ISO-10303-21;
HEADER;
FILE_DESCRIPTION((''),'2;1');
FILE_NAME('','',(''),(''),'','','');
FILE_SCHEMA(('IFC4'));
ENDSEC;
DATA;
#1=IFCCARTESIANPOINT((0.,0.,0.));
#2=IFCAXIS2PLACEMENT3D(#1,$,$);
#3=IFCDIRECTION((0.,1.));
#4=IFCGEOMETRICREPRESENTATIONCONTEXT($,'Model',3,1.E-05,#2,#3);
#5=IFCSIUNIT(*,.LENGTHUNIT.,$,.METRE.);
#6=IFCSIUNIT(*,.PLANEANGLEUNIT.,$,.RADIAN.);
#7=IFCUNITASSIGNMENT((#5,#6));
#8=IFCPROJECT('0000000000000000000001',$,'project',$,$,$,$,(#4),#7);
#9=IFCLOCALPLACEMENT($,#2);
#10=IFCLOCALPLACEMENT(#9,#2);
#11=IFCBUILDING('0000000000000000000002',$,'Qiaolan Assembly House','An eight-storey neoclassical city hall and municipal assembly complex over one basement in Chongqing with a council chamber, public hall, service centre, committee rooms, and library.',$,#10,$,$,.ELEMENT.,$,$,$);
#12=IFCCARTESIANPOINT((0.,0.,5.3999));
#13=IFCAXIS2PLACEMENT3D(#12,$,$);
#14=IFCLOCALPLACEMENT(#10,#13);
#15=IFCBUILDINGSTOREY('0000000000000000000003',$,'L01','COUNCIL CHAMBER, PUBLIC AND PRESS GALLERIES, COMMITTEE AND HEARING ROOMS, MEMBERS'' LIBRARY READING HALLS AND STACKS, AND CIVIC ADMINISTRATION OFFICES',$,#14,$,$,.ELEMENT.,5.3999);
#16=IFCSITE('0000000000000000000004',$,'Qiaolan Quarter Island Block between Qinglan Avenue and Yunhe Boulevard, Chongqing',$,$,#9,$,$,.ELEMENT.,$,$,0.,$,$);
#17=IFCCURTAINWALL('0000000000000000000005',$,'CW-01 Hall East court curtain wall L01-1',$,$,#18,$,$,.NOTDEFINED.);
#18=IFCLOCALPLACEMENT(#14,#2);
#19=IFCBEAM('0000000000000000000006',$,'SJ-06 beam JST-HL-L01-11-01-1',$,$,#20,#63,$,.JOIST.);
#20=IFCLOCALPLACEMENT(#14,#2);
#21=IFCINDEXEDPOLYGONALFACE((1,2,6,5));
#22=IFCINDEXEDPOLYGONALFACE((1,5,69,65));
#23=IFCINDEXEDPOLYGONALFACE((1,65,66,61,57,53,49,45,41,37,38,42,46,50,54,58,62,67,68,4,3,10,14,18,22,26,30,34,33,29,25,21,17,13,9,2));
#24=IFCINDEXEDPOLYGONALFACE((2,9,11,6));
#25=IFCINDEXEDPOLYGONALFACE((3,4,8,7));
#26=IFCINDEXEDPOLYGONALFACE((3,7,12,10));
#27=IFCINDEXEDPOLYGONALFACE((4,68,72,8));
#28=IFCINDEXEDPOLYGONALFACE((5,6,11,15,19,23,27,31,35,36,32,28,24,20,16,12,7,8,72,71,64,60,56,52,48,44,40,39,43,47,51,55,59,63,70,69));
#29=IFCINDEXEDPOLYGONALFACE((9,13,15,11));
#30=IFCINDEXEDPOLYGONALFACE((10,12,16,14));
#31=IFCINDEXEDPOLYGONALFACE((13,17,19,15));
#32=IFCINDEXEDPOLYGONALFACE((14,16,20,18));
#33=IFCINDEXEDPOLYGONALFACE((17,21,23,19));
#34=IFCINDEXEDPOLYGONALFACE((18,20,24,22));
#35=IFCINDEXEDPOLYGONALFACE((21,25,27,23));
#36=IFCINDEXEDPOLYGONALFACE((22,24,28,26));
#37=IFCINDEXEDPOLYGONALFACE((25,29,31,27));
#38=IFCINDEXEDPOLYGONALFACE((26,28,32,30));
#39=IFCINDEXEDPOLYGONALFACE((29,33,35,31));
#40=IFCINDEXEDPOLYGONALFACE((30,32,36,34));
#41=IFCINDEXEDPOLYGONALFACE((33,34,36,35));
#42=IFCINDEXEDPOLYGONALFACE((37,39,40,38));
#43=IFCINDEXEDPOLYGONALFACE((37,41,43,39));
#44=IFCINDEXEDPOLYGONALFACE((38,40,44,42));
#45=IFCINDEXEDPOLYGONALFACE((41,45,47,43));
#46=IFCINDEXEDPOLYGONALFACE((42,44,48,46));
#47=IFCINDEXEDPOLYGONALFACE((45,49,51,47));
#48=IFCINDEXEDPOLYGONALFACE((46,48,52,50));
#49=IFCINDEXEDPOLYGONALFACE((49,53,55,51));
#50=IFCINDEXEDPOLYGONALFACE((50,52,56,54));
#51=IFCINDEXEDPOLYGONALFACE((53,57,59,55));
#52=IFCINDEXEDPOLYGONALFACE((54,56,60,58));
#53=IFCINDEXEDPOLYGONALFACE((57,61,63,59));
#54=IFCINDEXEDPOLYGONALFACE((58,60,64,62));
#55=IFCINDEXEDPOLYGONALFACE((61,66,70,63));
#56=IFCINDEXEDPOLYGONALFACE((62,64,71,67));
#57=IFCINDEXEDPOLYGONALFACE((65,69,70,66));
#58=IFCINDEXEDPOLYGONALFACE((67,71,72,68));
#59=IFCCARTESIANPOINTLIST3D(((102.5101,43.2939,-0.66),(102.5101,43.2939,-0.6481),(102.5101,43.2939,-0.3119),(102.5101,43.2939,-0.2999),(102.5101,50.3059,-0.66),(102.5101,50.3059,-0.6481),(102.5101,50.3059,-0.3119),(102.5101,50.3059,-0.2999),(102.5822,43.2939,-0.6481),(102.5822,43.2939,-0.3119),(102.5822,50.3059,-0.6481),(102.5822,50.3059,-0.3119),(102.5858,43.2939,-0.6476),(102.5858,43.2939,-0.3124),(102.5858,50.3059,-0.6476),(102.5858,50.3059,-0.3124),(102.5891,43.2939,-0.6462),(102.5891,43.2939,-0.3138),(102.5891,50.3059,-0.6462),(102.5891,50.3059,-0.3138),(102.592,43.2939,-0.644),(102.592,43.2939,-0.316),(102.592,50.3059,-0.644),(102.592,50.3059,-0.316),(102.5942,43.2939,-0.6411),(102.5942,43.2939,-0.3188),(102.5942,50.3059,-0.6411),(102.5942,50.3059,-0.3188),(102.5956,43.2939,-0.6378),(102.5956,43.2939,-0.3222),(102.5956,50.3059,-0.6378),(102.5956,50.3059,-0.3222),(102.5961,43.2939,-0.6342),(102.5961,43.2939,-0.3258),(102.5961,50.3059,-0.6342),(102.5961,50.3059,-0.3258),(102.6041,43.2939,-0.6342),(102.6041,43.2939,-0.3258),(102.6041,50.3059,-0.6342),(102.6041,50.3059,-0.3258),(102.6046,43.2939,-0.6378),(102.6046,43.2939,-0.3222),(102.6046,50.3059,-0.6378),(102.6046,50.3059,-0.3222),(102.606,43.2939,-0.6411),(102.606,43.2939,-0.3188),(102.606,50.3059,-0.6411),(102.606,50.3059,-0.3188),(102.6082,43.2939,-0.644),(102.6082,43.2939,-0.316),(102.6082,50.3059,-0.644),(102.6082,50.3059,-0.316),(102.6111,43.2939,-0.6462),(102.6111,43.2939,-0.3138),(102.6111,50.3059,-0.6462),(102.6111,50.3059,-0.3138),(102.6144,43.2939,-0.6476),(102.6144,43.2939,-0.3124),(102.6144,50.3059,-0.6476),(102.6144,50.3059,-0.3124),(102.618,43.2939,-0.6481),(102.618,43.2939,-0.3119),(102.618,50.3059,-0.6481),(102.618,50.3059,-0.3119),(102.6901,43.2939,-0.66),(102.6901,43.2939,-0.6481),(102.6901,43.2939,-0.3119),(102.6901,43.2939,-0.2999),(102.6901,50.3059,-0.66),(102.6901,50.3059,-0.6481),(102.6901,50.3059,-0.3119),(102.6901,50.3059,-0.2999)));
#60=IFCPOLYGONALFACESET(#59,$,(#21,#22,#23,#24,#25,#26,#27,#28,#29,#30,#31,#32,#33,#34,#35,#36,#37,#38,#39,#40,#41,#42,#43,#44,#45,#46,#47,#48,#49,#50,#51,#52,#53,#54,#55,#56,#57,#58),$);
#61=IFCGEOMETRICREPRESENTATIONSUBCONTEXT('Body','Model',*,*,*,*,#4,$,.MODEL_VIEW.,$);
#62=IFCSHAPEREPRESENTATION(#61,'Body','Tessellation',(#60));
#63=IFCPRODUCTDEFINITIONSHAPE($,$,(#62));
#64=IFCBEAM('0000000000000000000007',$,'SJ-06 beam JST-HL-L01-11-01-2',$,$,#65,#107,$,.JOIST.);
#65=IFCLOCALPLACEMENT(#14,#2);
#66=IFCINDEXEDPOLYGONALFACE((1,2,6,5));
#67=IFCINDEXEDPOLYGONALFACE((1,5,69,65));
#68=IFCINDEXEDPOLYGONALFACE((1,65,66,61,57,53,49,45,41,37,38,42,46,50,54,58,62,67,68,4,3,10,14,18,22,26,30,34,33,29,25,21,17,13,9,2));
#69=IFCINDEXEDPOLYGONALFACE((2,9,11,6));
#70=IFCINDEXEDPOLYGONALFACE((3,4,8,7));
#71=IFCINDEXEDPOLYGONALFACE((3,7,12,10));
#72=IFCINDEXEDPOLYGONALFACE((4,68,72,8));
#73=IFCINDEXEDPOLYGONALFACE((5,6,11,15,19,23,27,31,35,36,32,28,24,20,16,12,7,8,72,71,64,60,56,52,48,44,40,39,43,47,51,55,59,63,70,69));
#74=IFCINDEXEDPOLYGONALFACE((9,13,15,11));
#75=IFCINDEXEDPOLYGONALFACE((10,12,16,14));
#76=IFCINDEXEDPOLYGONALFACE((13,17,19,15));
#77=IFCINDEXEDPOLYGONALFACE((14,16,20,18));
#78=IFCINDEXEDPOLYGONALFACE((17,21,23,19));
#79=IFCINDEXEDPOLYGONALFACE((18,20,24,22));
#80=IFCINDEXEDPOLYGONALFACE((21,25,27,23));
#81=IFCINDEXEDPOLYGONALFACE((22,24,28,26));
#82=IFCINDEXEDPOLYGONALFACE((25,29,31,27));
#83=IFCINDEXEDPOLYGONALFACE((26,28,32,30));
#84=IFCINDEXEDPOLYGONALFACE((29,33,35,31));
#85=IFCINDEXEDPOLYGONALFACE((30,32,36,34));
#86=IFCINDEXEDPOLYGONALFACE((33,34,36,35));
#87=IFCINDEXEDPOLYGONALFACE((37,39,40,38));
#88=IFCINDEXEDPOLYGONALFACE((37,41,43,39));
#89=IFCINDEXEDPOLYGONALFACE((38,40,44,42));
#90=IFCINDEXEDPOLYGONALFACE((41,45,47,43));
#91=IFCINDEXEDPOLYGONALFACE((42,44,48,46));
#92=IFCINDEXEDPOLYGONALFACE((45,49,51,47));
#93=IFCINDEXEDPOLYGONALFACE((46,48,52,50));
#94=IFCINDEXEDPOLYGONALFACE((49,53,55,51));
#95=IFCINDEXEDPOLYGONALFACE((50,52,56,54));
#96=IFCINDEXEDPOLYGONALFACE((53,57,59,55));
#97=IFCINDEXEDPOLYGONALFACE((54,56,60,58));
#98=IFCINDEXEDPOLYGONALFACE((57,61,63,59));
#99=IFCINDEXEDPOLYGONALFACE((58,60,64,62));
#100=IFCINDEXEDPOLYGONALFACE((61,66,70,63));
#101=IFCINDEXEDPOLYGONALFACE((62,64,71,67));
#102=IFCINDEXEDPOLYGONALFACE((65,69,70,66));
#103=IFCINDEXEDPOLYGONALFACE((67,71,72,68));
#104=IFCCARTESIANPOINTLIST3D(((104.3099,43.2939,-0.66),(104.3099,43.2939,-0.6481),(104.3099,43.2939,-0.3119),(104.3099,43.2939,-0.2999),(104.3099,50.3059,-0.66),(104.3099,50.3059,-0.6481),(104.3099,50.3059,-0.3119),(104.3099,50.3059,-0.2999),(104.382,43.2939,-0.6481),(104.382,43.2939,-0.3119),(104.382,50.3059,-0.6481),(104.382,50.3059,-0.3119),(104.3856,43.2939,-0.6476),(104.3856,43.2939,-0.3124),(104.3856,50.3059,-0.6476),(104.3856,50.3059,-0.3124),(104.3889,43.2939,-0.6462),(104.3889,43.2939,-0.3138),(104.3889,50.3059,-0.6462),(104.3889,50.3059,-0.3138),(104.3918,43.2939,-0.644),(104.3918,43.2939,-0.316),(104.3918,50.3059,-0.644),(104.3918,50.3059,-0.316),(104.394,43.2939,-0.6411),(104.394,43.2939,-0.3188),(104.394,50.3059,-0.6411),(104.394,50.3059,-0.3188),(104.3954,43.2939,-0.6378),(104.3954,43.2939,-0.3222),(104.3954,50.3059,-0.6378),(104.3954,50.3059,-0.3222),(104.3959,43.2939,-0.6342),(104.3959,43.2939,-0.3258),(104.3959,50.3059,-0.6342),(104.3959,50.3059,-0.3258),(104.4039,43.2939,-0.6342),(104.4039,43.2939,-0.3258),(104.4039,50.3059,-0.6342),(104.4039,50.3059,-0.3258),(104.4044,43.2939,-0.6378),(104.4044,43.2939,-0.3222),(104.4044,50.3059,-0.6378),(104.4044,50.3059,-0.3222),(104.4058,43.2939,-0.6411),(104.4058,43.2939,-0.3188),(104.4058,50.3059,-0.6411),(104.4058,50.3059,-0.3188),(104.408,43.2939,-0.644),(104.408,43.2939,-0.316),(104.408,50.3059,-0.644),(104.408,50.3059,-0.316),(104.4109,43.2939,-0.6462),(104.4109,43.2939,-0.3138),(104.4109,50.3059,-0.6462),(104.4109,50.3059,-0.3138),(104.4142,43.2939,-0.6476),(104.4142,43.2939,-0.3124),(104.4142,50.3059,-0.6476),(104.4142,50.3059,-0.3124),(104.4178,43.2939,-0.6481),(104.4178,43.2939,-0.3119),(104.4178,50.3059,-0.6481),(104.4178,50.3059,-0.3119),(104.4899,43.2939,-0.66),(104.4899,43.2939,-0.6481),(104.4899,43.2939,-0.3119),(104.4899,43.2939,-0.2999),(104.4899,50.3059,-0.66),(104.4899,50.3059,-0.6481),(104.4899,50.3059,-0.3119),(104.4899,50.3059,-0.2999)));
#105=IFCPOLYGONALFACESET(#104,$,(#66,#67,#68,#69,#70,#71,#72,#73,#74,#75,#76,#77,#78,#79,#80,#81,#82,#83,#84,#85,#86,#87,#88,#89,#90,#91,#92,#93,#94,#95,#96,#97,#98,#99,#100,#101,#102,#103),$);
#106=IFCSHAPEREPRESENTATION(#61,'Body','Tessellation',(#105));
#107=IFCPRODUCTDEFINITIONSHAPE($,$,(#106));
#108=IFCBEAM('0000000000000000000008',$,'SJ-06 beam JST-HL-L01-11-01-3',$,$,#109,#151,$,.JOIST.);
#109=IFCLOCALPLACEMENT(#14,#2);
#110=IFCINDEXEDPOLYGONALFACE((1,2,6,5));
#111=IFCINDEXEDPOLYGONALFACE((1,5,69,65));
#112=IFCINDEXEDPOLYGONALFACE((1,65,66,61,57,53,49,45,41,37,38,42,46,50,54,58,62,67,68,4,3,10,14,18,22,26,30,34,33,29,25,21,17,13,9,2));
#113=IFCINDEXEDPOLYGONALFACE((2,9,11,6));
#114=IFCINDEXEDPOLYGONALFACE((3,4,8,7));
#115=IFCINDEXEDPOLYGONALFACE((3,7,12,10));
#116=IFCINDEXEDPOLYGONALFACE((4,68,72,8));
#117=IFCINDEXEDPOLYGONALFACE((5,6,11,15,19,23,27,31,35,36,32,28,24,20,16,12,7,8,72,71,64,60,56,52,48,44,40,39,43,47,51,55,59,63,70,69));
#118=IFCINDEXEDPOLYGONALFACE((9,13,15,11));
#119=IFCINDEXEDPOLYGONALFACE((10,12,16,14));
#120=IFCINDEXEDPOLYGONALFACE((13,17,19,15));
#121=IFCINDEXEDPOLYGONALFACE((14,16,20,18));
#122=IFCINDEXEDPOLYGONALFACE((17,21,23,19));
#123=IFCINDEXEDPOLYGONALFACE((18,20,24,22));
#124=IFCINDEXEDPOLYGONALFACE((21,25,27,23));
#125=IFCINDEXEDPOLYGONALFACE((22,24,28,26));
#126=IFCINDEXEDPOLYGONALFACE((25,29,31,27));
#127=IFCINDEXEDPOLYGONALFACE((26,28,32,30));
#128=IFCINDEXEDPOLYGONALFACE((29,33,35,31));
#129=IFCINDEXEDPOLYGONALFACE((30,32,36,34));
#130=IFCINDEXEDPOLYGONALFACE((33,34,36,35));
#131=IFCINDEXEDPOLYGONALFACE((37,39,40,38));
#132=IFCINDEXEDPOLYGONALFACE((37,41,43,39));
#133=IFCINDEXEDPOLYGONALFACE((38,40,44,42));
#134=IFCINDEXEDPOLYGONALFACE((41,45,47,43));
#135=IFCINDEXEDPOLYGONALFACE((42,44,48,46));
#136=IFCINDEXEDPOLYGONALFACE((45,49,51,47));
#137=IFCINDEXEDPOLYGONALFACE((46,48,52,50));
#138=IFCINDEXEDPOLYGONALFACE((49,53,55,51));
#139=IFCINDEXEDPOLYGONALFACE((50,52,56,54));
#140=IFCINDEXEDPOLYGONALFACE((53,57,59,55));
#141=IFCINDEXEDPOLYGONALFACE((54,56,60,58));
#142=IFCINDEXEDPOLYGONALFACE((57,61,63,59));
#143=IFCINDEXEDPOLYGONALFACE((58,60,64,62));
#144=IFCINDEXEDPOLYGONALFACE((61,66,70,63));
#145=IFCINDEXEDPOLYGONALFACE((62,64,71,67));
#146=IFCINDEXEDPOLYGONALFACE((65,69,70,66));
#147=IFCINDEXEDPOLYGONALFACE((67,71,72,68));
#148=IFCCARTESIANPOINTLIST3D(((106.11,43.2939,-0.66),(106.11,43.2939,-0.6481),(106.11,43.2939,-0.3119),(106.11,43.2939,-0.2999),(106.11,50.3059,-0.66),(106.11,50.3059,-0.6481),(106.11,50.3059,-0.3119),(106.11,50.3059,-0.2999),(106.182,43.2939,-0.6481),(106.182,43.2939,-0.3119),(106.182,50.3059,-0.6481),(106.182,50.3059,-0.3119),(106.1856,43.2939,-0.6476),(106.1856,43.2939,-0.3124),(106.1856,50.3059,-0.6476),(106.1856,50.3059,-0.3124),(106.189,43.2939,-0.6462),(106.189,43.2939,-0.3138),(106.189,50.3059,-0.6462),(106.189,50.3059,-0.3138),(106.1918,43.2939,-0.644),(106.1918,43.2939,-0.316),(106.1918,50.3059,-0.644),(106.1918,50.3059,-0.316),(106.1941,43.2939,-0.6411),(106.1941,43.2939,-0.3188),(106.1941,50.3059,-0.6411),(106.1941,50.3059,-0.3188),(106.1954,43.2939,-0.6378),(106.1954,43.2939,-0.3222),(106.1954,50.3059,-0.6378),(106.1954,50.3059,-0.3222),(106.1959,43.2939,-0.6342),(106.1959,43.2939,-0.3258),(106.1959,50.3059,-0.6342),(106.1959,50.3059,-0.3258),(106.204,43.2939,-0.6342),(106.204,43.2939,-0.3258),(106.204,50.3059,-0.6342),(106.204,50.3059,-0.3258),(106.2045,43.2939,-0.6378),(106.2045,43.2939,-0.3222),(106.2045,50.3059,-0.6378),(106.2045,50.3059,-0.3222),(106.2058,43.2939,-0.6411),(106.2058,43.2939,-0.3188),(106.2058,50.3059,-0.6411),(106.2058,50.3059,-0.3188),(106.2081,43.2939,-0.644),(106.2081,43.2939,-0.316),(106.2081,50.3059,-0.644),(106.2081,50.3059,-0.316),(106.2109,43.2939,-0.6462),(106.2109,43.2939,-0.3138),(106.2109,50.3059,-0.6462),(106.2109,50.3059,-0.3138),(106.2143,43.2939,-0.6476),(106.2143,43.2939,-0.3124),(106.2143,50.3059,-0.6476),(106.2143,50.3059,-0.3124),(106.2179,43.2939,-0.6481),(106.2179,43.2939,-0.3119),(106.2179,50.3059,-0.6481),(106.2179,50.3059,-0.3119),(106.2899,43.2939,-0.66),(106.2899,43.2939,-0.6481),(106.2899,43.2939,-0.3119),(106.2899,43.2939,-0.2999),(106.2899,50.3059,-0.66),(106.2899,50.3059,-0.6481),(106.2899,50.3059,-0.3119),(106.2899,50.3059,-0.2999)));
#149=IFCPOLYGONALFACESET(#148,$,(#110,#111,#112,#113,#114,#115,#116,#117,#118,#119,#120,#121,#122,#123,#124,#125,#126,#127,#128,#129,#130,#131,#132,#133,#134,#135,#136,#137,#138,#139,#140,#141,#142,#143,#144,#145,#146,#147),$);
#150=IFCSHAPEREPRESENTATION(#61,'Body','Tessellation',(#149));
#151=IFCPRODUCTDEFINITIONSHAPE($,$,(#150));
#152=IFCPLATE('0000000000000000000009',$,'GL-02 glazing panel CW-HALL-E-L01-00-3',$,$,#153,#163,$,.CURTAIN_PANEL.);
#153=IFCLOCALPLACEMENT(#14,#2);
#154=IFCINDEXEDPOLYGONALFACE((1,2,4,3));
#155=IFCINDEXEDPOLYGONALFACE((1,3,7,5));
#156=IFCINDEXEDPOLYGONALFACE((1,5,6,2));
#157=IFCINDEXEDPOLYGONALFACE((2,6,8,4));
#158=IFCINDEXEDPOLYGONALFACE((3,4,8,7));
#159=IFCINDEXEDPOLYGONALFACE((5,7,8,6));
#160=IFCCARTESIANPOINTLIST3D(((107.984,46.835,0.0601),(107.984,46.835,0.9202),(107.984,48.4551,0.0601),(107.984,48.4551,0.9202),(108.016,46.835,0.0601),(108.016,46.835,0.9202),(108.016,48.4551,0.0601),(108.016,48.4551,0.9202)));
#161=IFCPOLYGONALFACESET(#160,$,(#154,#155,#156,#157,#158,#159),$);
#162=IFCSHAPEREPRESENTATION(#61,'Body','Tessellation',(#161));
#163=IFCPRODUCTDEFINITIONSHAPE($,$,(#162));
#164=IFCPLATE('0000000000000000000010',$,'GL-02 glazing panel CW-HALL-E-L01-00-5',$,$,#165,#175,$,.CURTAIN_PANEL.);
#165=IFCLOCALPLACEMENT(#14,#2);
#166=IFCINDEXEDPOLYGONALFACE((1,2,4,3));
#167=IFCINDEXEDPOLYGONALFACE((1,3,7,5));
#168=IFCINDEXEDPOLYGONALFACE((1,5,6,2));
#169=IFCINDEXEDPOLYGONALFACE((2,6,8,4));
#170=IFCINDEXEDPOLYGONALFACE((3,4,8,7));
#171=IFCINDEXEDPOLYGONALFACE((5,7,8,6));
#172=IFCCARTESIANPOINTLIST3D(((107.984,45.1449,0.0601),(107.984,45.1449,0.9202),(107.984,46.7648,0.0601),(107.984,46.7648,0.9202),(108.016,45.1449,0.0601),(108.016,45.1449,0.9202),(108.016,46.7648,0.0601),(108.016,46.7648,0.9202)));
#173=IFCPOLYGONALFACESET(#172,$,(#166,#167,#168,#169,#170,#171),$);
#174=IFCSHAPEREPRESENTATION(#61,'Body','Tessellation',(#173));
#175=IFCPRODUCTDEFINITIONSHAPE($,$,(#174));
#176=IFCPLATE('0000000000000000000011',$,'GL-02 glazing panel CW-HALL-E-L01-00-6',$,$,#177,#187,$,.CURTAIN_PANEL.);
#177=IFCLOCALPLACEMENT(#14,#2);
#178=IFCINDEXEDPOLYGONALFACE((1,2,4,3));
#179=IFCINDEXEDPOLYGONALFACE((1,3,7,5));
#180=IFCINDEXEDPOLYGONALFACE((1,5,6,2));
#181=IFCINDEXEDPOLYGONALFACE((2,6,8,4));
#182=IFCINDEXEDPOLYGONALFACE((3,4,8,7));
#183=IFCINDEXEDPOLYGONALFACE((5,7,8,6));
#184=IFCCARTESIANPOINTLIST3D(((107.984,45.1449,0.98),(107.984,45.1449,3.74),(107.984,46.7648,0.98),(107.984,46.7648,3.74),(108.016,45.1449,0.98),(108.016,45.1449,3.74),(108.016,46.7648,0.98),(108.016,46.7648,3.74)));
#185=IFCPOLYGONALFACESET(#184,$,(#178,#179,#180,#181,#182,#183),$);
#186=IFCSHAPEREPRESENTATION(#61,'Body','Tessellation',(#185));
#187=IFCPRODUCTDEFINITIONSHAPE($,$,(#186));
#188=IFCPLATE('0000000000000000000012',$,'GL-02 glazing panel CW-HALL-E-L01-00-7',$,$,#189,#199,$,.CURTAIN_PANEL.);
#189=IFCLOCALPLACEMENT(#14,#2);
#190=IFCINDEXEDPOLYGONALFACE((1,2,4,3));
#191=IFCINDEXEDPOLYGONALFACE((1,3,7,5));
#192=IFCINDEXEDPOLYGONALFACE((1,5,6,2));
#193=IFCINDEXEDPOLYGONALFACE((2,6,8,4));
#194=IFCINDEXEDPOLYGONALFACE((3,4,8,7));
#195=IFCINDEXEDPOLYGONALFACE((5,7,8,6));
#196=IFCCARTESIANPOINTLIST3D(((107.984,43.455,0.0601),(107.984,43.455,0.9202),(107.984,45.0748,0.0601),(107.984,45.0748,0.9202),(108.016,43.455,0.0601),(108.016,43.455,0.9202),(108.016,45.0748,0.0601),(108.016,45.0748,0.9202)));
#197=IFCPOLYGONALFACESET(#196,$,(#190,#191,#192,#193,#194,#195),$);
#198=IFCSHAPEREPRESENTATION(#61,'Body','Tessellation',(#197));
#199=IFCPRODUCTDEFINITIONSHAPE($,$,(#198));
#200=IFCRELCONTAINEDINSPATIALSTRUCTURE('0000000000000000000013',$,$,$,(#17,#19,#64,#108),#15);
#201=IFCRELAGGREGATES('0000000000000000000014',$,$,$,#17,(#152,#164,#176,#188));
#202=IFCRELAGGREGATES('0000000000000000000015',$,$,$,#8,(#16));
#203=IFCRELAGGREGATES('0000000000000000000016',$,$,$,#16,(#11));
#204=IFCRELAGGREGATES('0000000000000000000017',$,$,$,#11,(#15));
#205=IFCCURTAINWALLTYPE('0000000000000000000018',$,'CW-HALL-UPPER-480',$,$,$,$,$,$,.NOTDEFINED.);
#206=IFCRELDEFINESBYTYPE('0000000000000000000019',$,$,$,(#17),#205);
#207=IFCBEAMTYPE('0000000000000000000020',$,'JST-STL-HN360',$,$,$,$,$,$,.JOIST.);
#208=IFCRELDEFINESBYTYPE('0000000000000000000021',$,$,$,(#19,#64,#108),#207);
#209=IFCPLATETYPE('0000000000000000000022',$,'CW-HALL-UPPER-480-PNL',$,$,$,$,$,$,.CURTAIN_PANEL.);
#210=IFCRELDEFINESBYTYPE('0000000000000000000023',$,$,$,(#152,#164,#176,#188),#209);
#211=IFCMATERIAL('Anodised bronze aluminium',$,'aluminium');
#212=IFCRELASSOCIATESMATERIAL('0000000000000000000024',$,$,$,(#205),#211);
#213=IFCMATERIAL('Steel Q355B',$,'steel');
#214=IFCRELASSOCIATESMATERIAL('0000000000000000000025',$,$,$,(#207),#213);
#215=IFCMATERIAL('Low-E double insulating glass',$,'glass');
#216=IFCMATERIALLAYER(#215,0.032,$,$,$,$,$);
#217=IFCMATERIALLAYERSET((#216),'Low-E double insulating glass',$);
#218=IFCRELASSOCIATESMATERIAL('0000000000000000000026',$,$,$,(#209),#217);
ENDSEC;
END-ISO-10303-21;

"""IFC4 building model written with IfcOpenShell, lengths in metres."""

from ifc_helpers import new_model, si_unit, direction, frame, frame_2d, origin, origin_2d, place, context, subcontext, project, spatial, rectangle, i_section, extrude, material, layer, layer_set, material_profile, profile_set, type_object, element, aggregate, save


model = new_model("IFC4")

# Units and contexts
model_context = context("Model", 3, precision=1e-05, world=origin(), true_north=direction((0.0, 1.0)))
body_context = subcontext(model_context, "Body", "Model", "MODEL_VIEW")
ifc_project = project(units=[si_unit("LENGTHUNIT", "METRE"), si_unit("PLANEANGLEUNIT", "RADIAN")], contexts=[model_context])

# Site, building, storey
site_placement = place(None, origin())
site = spatial("IfcSite", under=ifc_project, at=site_placement, Name="Qiaolan Quarter Island Block between Qinglan Avenue and Yunhe Boulevard, Chongqing", CompositionType="ELEMENT", RefElevation=0.0)
building_placement = place(site_placement, origin())
building = spatial("IfcBuilding", under=site, at=building_placement, Name="Qiaolan Assembly House", Description="An eight-storey neoclassical city hall and municipal assembly complex over one basement in Chongqing with a council chamber, public hall, service centre, committee rooms, and library.", CompositionType="ELEMENT")
storey_placement = place(building_placement, frame((0.0, 0.0, 5.3999)))
storey = spatial("IfcBuildingStorey", under=building, at=storey_placement, Name="L01", Description="COUNCIL CHAMBER, PUBLIC AND PRESS GALLERIES, COMMITTEE AND HEARING ROOMS, MEMBERS' LIBRARY READING HALLS AND STACKS, AND CIVIC ADMINISTRATION OFFICES", CompositionType="ELEMENT", Elevation=5.3999)

# Shared definitions
ifc_material_1 = material(Name="Steel Q355B", Category="steel")

# Curtain wall
ifc_material_2 = material(Name="Anodised bronze aluminium", Category="aluminium")
curtain_wall_type = type_object("IfcCurtainWallType", Name="CW-HALL-UPPER-480", PredefinedType="NOTDEFINED", material=ifc_material_2)
curtain_wall_placement = place(storey_placement, origin())
curtain_wall = element("IfcCurtainWall", 1, at=curtain_wall_placement, inside=storey, type_object=curtain_wall_type, Name="CW-01 Hall East court curtain wall L01-1", PredefinedType="NOTDEFINED")

# Beams
ifc_material_profile_1 = material_profile(ifc_material_1, i_section(OverallWidth=0.1799, OverallDepth=0.3601, WebThickness=0.0081, FlangeThickness=0.012, FilletRadius=0.0139, at=origin_2d()), Name="HN 360x180x8x12")
ifc_profile_set_1 = profile_set([ifc_material_profile_1], Name="Steel Q355B")
beam_type_1 = type_object("IfcBeamType", Name="JST-STL-HN360", PredefinedType="JOIST", material=ifc_profile_set_1)
for number, where, z_axis, x_axis, name in (
    (2, (102.6001, 43.2939, -0.48), (0.0, 1.0, 0.0), (-1.0, 0.0, 0.0), "SJ-06 beam JST-HL-L01-11-01-1"),
    (3, (104.3999, 43.2939, -0.48), (0.0, 1.0, 0.0), (-1.0, 0.0, 0.0), "SJ-06 beam JST-HL-L01-11-01-2"),
    (4, (106.2, 43.2939, -0.48), (0.0, 1.0, 0.0), (-1.0, 0.0, 0.0), "SJ-06 beam JST-HL-L01-11-01-3"),
):
    element("IfcBeam", number, at=place(storey_placement, frame(where, z_axis=z_axis, x_axis=x_axis)), inside=storey, type_object=beam_type_1, Name=name, PredefinedType="JOIST", context=body_context, shape_type="SweptSolid", body=[
        extrude(i_section(OverallWidth=0.1799, OverallDepth=0.3601, WebThickness=0.0081, FlangeThickness=0.012, FilletRadius=0.0139, at=origin_2d()), origin(), (0.0, 0.0, 1.0), 7.012),
    ])

# Plates
ifc_material_3 = material(Name="Low-E double insulating glass", Category="glass")
ifc_layer = layer(ifc_material_3, 0.032)
ifc_layer_set = layer_set([ifc_layer], Name="Low-E double insulating glass")
plate_type = type_object("IfcPlateType", Name="CW-HALL-UPPER-480-PNL", PredefinedType="CURTAIN_PANEL", material=ifc_layer_set)
plate_1_placement = place(storey_placement, frame((108.0, 48.4551, 0.0601), z_axis=(0.0, 0.0, 1.0), x_axis=(0.0, -1.0, 0.0)))
plate_1 = element("IfcPlate", 5, at=plate_1_placement, type_object=plate_type, Name="GL-02 glazing panel CW-HALL-E-L01-00-3", PredefinedType="CURTAIN_PANEL", context=body_context, shape_type="SweptSolid", body=[
    extrude(rectangle(XDim=1.6201, YDim=0.032, at=frame_2d((0.8101, 0.0))), origin(), (0.0, 0.0, 1.0), 0.8601),
])
plate_2_placement = place(storey_placement, frame((108.0, 46.7649, 0.0601), z_axis=(0.0, 0.0, 1.0), x_axis=(0.0, -1.0, 0.0)))
plate_2 = element("IfcPlate", 6, at=plate_2_placement, type_object=plate_type, Name="GL-02 glazing panel CW-HALL-E-L01-00-5", PredefinedType="CURTAIN_PANEL", context=body_context, shape_type="SweptSolid", body=[
    extrude(rectangle(XDim=1.6199, YDim=0.032, at=frame_2d((0.8101, 0.0))), origin(), (0.0, 0.0, 1.0), 0.8601),
])
plate_3_placement = place(storey_placement, frame((108.0, 46.7649, 0.98), z_axis=(0.0, 0.0, 1.0), x_axis=(0.0, -1.0, 0.0)))
plate_3 = element("IfcPlate", 7, at=plate_3_placement, type_object=plate_type, Name="GL-02 glazing panel CW-HALL-E-L01-00-6", PredefinedType="CURTAIN_PANEL", context=body_context, shape_type="SweptSolid", body=[
    extrude(rectangle(XDim=1.6199, YDim=0.032, at=frame_2d((0.8101, 0.0))), origin(), (0.0, 0.0, 1.0), 2.76),
])
plate_4_placement = place(storey_placement, frame((108.0, 45.075, 0.0601), z_axis=(0.0, 0.0, 1.0), x_axis=(0.0, -1.0, 0.0)))
plate_4 = element("IfcPlate", 8, at=plate_4_placement, type_object=plate_type, Name="GL-02 glazing panel CW-HALL-E-L01-00-7", PredefinedType="CURTAIN_PANEL", context=body_context, shape_type="SweptSolid", body=[
    extrude(rectangle(XDim=1.6199, YDim=0.032, at=frame_2d((0.8101, 0.0))), origin(), (0.0, 0.0, 1.0), 0.8601),
])
aggregate(curtain_wall, [plate_1, plate_2, plate_3, plate_4])

save(model, "model.ifc")
